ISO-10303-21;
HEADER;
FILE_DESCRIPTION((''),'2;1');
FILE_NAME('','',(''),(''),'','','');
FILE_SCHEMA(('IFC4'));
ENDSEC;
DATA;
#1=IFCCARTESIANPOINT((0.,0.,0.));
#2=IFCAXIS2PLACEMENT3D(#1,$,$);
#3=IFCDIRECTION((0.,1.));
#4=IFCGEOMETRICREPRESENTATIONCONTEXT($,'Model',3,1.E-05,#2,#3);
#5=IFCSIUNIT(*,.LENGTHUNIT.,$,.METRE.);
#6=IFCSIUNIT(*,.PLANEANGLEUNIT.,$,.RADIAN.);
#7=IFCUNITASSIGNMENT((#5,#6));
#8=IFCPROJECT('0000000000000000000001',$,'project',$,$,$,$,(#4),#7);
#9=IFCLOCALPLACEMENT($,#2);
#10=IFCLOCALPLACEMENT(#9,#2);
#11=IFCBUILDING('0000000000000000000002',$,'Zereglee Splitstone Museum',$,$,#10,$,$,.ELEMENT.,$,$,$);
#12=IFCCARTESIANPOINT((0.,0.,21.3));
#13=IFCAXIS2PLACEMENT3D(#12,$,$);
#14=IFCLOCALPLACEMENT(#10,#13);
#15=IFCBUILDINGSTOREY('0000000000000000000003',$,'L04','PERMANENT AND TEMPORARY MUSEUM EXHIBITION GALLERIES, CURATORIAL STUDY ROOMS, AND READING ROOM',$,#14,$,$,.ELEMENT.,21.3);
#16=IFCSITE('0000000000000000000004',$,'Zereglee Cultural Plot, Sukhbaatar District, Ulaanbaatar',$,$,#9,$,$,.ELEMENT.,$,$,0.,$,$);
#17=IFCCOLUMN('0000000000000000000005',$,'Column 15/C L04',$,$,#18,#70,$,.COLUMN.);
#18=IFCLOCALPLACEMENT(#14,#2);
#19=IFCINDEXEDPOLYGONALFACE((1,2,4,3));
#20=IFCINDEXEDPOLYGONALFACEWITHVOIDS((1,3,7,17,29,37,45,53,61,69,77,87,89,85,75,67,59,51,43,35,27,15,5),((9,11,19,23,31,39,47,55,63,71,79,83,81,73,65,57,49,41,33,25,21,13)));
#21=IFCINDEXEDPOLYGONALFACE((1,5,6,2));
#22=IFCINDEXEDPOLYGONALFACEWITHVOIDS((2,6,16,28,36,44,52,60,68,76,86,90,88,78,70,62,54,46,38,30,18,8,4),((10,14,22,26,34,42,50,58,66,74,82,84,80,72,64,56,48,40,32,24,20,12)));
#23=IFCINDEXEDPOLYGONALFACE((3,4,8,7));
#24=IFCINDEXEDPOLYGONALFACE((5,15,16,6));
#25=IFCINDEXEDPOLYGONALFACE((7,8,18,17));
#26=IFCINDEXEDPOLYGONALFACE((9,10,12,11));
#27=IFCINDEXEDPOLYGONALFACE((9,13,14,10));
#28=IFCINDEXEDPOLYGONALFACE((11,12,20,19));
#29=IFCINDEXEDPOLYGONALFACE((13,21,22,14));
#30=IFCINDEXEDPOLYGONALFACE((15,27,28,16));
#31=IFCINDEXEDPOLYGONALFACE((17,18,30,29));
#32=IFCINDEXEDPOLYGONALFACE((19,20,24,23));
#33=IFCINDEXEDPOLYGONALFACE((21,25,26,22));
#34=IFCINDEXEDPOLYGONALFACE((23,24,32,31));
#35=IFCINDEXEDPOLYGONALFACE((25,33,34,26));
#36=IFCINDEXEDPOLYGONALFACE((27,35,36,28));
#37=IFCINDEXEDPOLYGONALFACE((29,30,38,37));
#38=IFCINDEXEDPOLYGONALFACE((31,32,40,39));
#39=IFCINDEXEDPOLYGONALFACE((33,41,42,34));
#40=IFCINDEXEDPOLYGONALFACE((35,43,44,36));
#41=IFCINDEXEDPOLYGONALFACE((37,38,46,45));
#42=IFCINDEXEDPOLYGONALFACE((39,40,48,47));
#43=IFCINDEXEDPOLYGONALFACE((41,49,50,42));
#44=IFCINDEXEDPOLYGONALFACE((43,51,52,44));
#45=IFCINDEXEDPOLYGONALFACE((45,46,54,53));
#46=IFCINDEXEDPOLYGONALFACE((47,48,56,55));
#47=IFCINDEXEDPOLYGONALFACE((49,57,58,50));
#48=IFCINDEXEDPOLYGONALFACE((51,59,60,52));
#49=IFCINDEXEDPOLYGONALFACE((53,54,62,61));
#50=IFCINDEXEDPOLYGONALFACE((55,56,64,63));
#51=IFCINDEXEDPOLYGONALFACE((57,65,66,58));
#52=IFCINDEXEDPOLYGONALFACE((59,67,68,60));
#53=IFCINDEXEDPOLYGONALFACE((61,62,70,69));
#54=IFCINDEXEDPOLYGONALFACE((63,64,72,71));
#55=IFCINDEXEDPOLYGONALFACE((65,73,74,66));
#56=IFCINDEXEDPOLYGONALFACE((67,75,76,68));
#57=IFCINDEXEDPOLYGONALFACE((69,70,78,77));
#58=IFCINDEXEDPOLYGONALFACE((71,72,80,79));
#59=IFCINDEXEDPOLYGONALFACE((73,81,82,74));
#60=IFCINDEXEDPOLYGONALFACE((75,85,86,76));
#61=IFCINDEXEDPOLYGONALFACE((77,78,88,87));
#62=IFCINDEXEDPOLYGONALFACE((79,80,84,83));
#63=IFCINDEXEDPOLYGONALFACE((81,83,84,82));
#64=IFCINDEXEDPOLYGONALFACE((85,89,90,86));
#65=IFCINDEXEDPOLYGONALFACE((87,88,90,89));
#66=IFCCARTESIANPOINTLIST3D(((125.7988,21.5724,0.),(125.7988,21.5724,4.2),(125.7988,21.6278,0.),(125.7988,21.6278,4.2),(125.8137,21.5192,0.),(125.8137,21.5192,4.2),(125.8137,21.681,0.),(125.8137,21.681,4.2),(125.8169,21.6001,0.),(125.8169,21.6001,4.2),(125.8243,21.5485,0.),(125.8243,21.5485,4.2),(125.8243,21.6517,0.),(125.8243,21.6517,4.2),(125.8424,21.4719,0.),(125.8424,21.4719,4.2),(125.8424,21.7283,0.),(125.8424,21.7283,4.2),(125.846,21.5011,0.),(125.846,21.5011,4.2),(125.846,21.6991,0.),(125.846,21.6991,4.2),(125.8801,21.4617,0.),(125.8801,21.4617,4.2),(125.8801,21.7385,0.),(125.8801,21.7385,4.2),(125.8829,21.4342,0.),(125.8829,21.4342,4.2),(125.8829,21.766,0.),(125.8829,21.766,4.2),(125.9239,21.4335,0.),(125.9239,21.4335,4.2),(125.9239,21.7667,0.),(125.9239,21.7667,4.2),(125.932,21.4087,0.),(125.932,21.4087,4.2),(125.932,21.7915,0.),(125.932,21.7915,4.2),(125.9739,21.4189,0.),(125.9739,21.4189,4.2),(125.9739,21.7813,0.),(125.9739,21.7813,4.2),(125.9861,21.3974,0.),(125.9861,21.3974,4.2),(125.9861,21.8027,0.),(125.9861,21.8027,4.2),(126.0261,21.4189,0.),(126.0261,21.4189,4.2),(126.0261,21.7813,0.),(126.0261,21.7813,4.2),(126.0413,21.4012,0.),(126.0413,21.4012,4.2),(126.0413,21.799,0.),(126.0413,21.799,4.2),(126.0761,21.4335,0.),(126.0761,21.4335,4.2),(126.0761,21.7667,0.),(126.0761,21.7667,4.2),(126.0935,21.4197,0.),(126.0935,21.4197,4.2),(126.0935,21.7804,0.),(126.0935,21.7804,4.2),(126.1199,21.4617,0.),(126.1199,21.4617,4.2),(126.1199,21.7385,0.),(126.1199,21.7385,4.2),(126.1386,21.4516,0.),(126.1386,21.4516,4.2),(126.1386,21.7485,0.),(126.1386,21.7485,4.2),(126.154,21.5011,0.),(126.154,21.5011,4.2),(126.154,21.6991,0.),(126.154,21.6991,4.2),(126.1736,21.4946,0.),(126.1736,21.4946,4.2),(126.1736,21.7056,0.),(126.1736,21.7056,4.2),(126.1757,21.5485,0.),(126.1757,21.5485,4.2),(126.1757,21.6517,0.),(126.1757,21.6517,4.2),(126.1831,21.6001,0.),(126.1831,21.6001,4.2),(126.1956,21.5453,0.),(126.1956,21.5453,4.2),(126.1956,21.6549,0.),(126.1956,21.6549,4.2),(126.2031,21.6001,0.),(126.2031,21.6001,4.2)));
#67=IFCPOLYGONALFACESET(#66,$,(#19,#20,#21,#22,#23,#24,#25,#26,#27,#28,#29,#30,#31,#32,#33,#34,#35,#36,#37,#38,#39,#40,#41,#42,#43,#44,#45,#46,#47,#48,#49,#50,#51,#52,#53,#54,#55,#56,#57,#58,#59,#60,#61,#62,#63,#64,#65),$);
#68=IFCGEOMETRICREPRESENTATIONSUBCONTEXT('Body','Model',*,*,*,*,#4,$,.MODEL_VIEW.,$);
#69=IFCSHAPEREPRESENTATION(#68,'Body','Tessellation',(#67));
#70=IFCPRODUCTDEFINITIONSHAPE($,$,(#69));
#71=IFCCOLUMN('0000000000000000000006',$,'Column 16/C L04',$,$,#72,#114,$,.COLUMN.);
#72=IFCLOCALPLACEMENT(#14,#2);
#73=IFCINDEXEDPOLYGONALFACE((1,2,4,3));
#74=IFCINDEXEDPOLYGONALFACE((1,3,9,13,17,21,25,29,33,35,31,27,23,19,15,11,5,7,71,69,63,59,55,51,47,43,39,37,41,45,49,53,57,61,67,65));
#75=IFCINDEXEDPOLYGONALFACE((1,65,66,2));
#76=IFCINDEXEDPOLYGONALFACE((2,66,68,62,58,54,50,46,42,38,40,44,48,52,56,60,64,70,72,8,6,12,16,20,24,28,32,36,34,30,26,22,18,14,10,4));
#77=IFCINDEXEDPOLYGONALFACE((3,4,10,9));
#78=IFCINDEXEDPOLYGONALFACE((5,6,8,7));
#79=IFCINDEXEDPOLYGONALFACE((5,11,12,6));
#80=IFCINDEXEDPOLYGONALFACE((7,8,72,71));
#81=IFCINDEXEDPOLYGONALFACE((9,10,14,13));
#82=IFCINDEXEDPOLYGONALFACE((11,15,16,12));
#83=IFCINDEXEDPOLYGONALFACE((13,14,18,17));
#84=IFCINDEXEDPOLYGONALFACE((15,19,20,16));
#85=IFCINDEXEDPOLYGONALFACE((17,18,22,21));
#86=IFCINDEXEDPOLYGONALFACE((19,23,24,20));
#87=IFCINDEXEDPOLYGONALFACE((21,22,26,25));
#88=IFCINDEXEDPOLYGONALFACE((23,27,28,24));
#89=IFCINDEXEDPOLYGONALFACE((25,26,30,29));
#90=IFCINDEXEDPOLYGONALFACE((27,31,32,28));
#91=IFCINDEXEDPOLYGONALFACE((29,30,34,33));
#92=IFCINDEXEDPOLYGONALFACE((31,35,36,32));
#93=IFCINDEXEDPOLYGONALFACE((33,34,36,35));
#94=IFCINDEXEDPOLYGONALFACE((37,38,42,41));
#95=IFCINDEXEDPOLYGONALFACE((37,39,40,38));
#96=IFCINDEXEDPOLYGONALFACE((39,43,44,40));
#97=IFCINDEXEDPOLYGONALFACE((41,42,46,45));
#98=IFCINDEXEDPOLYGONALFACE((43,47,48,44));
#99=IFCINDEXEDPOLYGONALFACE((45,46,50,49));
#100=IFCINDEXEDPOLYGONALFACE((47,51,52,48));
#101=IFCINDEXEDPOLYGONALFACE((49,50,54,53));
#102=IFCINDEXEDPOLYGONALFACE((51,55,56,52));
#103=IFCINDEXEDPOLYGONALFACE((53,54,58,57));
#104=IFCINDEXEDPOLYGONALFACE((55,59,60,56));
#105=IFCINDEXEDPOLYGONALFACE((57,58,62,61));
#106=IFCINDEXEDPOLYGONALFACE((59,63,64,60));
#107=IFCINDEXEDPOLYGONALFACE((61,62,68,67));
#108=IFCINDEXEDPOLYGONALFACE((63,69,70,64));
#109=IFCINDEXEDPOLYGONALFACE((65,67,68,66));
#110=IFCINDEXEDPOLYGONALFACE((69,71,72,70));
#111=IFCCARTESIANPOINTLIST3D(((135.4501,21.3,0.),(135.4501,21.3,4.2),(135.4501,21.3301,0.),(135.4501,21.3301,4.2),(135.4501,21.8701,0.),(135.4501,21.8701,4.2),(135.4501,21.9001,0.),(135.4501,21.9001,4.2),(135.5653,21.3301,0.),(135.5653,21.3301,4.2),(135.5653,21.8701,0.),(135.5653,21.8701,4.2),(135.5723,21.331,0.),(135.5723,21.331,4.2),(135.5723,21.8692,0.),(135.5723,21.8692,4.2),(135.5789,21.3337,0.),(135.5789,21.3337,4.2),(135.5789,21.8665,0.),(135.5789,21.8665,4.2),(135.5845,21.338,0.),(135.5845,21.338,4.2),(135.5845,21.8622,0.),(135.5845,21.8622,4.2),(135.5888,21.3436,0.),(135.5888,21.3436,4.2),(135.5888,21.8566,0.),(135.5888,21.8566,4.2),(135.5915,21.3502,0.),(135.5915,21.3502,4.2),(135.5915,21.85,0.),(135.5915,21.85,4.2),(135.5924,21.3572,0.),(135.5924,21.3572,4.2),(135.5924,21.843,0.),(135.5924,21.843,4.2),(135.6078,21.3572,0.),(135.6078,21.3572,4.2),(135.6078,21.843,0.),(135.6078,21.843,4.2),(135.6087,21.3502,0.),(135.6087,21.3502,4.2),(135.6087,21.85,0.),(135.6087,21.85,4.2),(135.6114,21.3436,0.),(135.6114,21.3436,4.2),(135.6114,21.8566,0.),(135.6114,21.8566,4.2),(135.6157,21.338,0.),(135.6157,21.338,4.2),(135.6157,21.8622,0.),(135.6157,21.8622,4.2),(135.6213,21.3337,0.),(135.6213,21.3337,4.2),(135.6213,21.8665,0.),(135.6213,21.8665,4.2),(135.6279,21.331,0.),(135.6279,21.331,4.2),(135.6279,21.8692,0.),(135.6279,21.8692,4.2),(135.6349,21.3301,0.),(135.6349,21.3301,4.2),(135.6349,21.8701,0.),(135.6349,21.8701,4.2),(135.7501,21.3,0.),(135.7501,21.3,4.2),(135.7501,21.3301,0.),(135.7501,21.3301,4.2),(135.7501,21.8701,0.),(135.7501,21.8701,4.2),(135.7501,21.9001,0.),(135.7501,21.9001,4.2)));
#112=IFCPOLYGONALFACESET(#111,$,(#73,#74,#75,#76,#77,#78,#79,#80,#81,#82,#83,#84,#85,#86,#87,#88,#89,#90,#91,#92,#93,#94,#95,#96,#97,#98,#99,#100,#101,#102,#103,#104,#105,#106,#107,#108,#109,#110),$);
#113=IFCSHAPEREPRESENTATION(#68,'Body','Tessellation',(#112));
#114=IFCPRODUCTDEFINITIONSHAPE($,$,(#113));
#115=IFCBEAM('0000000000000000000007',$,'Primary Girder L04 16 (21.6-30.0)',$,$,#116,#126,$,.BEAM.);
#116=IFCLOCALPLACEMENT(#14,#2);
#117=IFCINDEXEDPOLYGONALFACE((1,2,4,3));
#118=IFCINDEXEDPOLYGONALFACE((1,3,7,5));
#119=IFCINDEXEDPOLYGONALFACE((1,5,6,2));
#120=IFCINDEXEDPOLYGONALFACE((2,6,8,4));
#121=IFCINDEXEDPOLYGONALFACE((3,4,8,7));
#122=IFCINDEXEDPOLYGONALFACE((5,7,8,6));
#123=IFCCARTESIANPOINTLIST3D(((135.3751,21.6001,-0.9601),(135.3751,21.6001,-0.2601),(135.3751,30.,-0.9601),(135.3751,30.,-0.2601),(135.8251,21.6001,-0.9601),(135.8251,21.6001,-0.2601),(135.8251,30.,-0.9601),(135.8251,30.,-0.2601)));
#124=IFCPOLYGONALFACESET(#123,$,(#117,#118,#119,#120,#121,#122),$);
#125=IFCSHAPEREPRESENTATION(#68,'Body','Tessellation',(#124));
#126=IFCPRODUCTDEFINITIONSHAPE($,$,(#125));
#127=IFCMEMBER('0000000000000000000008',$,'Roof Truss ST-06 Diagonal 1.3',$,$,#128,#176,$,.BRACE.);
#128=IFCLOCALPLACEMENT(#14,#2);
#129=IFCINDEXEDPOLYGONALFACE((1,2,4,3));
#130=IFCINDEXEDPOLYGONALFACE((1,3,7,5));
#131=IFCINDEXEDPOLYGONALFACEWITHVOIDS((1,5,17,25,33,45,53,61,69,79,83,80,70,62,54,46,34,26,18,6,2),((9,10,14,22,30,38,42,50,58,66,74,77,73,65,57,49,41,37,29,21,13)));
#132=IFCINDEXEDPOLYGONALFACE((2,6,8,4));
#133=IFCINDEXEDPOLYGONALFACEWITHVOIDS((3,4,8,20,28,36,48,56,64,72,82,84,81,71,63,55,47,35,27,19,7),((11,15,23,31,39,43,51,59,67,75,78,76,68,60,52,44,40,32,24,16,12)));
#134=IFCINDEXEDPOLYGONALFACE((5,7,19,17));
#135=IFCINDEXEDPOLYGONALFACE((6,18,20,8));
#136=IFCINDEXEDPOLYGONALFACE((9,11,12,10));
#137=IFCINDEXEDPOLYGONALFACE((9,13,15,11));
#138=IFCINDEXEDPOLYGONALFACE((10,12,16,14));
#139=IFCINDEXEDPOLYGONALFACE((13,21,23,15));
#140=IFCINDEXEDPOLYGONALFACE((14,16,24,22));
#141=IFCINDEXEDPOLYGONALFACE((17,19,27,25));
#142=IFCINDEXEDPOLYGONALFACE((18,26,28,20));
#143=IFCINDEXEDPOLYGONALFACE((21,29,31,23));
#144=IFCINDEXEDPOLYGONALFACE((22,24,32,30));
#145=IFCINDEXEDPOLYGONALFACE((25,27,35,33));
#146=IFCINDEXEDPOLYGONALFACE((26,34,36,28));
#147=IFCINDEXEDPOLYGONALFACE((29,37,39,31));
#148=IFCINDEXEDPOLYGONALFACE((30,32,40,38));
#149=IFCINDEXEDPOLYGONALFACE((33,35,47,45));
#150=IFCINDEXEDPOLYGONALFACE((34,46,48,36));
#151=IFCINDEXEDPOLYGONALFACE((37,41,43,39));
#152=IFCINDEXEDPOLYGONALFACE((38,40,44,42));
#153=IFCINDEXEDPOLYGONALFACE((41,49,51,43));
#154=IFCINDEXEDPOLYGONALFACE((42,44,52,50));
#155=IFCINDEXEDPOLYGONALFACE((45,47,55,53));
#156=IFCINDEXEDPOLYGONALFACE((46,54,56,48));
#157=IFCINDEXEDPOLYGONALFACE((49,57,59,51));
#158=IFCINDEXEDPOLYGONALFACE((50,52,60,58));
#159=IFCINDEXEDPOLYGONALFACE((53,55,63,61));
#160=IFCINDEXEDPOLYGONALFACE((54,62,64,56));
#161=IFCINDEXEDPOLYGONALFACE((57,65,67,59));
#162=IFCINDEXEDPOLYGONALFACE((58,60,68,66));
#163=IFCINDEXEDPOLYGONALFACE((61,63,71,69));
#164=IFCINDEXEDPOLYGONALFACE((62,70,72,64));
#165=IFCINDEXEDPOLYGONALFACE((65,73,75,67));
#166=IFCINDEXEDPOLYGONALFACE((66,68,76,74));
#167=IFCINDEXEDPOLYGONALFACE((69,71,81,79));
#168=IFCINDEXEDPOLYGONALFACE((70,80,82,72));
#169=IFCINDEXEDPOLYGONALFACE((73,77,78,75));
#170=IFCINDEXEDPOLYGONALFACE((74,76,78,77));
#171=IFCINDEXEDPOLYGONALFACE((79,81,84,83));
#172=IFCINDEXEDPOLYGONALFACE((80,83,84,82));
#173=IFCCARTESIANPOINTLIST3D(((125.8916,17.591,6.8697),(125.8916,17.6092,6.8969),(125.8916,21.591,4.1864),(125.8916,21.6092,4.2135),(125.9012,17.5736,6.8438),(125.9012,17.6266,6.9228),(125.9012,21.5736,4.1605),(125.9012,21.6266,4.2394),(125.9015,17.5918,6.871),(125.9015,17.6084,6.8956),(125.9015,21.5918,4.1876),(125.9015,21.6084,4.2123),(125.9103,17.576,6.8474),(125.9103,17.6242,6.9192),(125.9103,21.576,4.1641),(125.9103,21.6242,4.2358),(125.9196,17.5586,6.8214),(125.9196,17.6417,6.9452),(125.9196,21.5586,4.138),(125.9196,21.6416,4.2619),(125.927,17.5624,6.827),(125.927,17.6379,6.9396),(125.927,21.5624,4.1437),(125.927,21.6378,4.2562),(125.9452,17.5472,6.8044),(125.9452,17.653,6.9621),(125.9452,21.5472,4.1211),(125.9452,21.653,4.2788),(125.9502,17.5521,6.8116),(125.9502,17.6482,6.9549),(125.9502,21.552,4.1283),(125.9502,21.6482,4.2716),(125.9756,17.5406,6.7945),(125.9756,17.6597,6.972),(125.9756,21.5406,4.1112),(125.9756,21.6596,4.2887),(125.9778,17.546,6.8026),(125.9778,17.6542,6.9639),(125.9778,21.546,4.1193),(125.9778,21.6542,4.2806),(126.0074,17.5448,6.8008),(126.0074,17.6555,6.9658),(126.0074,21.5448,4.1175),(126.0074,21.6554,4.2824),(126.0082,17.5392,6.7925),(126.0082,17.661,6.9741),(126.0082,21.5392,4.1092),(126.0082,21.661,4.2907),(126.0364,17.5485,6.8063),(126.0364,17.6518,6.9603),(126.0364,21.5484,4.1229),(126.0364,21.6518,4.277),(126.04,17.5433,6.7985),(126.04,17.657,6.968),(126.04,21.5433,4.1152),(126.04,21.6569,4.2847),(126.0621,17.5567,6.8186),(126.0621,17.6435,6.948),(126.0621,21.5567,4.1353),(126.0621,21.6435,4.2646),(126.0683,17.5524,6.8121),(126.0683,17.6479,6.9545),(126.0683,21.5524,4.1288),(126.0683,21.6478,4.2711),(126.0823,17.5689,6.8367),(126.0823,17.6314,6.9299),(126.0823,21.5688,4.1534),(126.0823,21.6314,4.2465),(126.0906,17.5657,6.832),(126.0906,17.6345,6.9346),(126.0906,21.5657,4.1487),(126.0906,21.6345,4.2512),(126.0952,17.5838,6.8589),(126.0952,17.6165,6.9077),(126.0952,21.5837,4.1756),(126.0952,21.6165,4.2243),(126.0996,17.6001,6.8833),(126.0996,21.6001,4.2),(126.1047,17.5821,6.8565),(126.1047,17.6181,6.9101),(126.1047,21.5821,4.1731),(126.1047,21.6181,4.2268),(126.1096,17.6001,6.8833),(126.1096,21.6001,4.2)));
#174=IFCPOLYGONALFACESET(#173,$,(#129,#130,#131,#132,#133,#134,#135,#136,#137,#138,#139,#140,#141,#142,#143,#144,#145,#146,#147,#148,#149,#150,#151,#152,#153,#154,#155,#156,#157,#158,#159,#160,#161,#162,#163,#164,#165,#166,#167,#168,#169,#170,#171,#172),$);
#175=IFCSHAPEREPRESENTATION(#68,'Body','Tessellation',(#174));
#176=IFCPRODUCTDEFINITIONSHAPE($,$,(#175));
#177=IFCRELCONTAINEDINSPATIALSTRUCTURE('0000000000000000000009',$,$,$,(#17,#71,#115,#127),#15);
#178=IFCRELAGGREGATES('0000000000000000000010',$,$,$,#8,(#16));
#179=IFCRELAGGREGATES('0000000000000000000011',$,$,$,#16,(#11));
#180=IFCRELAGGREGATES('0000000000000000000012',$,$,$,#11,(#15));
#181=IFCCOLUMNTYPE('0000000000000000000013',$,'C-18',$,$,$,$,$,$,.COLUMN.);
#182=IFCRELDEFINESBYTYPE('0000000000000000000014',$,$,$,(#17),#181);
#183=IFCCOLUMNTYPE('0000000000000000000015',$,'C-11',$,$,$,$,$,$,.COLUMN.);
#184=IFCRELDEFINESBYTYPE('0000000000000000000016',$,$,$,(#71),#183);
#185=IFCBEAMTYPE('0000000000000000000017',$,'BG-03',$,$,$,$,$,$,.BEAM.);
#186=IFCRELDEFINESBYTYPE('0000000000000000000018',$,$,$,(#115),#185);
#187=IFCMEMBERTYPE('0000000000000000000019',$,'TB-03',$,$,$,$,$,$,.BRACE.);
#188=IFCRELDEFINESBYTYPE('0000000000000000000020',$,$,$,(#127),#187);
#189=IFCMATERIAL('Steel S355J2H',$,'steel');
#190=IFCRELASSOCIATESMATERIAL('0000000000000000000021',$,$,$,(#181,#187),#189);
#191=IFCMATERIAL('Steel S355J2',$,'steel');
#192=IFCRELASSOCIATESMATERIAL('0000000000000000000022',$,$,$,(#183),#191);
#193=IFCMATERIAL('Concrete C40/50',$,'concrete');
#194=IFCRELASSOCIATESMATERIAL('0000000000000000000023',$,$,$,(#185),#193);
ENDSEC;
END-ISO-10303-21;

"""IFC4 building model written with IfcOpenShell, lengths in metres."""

from ifc_helpers import new_model, si_unit, direction, frame, origin, origin_2d, place, context, subcontext, project, spatial, rectangle, hollow_circle, i_section, extrude, material, material_profile, profile_set, type_object, element, save


model = new_model("IFC4")

# Units and contexts
model_context = context("Model", 3, precision=1e-05, world=origin(), true_north=direction((0.0, 1.0)))
body_context = subcontext(model_context, "Body", "Model", "MODEL_VIEW")
ifc_project = project(units=[si_unit("LENGTHUNIT", "METRE"), si_unit("PLANEANGLEUNIT", "RADIAN")], contexts=[model_context])

# Site, building, storey
site_placement = place(None, origin())
site = spatial("IfcSite", under=ifc_project, at=site_placement, Name="Zereglee Cultural Plot, Sukhbaatar District, Ulaanbaatar", CompositionType="ELEMENT", RefElevation=0.0)
building_placement = place(site_placement, origin())
building = spatial("IfcBuilding", under=site, at=building_placement, Name="Zereglee Splitstone Museum", CompositionType="ELEMENT")
storey_placement = place(building_placement, frame((0.0, 0.0, 21.3)))
storey = spatial("IfcBuildingStorey", under=building, at=storey_placement, Name="L04", Description="PERMANENT AND TEMPORARY MUSEUM EXHIBITION GALLERIES, CURATORIAL STUDY ROOMS, AND READING ROOM", CompositionType="ELEMENT", Elevation=21.3)

# Columns
ifc_material_1 = material(Name="Steel S355J2H", Category="steel")
ifc_material_profile_1 = material_profile(ifc_material_1, hollow_circle(Radius=0.2031, WallThickness=0.02, at=origin_2d()), Name="CHS 406.4x20")
ifc_profile_set_1 = profile_set([ifc_material_profile_1], Name="Steel S355J2H")
column_type_1 = type_object("IfcColumnType", Name="C-18", PredefinedType="COLUMN", material=ifc_profile_set_1)
column_1_placement = place(storey_placement, frame((126.0, 21.6001, 0.0), z_axis=(0.0, 0.0, 1.0), x_axis=(1.0, 0.0, 0.0)))
element("IfcColumn", 1, at=column_1_placement, inside=storey, type_object=column_type_1, Name="Column 15/C L04", PredefinedType="COLUMN", context=body_context, shape_type="SweptSolid", body=[
    extrude(hollow_circle(Radius=0.2031, WallThickness=0.02, at=origin_2d()), origin(), (0.0, 0.0, 1.0), 4.2),
])
ifc_material_2 = material(Name="Steel S355J2", Category="steel")
ifc_material_profile_2 = material_profile(ifc_material_2, i_section(OverallWidth=0.3, OverallDepth=0.6001, WebThickness=0.0154, FlangeThickness=0.03, FilletRadius=0.0271, at=origin_2d()), Name="HE 600 B")
ifc_profile_set_2 = profile_set([ifc_material_profile_2], Name="Steel S355J2")
column_type_2 = type_object("IfcColumnType", Name="C-11", PredefinedType="COLUMN", material=ifc_profile_set_2)
column_2_placement = place(storey_placement, frame((135.6001, 21.6001, 0.0), z_axis=(0.0, 0.0, 1.0), x_axis=(1.0, 0.0, 0.0)))
element("IfcColumn", 2, at=column_2_placement, inside=storey, type_object=column_type_2, Name="Column 16/C L04", PredefinedType="COLUMN", context=body_context, shape_type="SweptSolid", body=[
    extrude(i_section(OverallWidth=0.3, OverallDepth=0.6001, WebThickness=0.0154, FlangeThickness=0.03, FilletRadius=0.0271, at=origin_2d()), origin(), (0.0, 0.0, 1.0), 4.2),
])

# Beam
ifc_material_3 = material(Name="Concrete C40/50", Category="concrete")
ifc_material_profile_3 = material_profile(ifc_material_3, rectangle(XDim=0.45, YDim=0.7, at=origin_2d()), Name="RC 450x700")
ifc_profile_set_3 = profile_set([ifc_material_profile_3], Name="Concrete C40/50")
beam_type_1 = type_object("IfcBeamType", Name="BG-03", PredefinedType="BEAM", material=ifc_profile_set_3)
beam_1_placement = place(storey_placement, frame((135.6001, 21.6001, -0.6101), z_axis=(0.0, 1.0, 0.0), x_axis=(-1.0, 0.0, 0.0)))
element("IfcBeam", 3, at=beam_1_placement, inside=storey, type_object=beam_type_1, Name="Primary Girder L04 16 (21.6-30.0)", PredefinedType="BEAM", context=body_context, shape_type="SweptSolid", body=[
    extrude(rectangle(XDim=0.45, YDim=0.7, at=origin_2d()), origin(), (0.0, 0.0, 1.0), 8.3999),
])

# Member
ifc_material_profile_4 = material_profile(ifc_material_1, hollow_circle(Radius=0.1096, WallThickness=0.01, at=origin_2d()), Name="CHS 219.1x10")
ifc_profile_set_4 = profile_set([ifc_material_profile_4], Name="Steel S355J2H")
member_type_1 = type_object("IfcMemberType", Name="TB-03", PredefinedType="BRACE", material=ifc_profile_set_4)
member_1_placement = place(storey_placement, frame((126.0, 21.6001, 4.2), z_axis=(0.0, -0.830448, 0.557096), x_axis=(1.0, 0.0, 0.0)))
element("IfcMember", 4, at=member_1_placement, inside=storey, type_object=member_type_1, Name="Roof Truss ST-06 Diagonal 1.3", PredefinedType="BRACE", context=body_context, shape_type="SweptSolid", body=[
    extrude(hollow_circle(Radius=0.1096, WallThickness=0.01, at=origin_2d()), origin(), (0.0, 0.0, 1.0), 4.8167),
])

save(model, "model.ifc")
